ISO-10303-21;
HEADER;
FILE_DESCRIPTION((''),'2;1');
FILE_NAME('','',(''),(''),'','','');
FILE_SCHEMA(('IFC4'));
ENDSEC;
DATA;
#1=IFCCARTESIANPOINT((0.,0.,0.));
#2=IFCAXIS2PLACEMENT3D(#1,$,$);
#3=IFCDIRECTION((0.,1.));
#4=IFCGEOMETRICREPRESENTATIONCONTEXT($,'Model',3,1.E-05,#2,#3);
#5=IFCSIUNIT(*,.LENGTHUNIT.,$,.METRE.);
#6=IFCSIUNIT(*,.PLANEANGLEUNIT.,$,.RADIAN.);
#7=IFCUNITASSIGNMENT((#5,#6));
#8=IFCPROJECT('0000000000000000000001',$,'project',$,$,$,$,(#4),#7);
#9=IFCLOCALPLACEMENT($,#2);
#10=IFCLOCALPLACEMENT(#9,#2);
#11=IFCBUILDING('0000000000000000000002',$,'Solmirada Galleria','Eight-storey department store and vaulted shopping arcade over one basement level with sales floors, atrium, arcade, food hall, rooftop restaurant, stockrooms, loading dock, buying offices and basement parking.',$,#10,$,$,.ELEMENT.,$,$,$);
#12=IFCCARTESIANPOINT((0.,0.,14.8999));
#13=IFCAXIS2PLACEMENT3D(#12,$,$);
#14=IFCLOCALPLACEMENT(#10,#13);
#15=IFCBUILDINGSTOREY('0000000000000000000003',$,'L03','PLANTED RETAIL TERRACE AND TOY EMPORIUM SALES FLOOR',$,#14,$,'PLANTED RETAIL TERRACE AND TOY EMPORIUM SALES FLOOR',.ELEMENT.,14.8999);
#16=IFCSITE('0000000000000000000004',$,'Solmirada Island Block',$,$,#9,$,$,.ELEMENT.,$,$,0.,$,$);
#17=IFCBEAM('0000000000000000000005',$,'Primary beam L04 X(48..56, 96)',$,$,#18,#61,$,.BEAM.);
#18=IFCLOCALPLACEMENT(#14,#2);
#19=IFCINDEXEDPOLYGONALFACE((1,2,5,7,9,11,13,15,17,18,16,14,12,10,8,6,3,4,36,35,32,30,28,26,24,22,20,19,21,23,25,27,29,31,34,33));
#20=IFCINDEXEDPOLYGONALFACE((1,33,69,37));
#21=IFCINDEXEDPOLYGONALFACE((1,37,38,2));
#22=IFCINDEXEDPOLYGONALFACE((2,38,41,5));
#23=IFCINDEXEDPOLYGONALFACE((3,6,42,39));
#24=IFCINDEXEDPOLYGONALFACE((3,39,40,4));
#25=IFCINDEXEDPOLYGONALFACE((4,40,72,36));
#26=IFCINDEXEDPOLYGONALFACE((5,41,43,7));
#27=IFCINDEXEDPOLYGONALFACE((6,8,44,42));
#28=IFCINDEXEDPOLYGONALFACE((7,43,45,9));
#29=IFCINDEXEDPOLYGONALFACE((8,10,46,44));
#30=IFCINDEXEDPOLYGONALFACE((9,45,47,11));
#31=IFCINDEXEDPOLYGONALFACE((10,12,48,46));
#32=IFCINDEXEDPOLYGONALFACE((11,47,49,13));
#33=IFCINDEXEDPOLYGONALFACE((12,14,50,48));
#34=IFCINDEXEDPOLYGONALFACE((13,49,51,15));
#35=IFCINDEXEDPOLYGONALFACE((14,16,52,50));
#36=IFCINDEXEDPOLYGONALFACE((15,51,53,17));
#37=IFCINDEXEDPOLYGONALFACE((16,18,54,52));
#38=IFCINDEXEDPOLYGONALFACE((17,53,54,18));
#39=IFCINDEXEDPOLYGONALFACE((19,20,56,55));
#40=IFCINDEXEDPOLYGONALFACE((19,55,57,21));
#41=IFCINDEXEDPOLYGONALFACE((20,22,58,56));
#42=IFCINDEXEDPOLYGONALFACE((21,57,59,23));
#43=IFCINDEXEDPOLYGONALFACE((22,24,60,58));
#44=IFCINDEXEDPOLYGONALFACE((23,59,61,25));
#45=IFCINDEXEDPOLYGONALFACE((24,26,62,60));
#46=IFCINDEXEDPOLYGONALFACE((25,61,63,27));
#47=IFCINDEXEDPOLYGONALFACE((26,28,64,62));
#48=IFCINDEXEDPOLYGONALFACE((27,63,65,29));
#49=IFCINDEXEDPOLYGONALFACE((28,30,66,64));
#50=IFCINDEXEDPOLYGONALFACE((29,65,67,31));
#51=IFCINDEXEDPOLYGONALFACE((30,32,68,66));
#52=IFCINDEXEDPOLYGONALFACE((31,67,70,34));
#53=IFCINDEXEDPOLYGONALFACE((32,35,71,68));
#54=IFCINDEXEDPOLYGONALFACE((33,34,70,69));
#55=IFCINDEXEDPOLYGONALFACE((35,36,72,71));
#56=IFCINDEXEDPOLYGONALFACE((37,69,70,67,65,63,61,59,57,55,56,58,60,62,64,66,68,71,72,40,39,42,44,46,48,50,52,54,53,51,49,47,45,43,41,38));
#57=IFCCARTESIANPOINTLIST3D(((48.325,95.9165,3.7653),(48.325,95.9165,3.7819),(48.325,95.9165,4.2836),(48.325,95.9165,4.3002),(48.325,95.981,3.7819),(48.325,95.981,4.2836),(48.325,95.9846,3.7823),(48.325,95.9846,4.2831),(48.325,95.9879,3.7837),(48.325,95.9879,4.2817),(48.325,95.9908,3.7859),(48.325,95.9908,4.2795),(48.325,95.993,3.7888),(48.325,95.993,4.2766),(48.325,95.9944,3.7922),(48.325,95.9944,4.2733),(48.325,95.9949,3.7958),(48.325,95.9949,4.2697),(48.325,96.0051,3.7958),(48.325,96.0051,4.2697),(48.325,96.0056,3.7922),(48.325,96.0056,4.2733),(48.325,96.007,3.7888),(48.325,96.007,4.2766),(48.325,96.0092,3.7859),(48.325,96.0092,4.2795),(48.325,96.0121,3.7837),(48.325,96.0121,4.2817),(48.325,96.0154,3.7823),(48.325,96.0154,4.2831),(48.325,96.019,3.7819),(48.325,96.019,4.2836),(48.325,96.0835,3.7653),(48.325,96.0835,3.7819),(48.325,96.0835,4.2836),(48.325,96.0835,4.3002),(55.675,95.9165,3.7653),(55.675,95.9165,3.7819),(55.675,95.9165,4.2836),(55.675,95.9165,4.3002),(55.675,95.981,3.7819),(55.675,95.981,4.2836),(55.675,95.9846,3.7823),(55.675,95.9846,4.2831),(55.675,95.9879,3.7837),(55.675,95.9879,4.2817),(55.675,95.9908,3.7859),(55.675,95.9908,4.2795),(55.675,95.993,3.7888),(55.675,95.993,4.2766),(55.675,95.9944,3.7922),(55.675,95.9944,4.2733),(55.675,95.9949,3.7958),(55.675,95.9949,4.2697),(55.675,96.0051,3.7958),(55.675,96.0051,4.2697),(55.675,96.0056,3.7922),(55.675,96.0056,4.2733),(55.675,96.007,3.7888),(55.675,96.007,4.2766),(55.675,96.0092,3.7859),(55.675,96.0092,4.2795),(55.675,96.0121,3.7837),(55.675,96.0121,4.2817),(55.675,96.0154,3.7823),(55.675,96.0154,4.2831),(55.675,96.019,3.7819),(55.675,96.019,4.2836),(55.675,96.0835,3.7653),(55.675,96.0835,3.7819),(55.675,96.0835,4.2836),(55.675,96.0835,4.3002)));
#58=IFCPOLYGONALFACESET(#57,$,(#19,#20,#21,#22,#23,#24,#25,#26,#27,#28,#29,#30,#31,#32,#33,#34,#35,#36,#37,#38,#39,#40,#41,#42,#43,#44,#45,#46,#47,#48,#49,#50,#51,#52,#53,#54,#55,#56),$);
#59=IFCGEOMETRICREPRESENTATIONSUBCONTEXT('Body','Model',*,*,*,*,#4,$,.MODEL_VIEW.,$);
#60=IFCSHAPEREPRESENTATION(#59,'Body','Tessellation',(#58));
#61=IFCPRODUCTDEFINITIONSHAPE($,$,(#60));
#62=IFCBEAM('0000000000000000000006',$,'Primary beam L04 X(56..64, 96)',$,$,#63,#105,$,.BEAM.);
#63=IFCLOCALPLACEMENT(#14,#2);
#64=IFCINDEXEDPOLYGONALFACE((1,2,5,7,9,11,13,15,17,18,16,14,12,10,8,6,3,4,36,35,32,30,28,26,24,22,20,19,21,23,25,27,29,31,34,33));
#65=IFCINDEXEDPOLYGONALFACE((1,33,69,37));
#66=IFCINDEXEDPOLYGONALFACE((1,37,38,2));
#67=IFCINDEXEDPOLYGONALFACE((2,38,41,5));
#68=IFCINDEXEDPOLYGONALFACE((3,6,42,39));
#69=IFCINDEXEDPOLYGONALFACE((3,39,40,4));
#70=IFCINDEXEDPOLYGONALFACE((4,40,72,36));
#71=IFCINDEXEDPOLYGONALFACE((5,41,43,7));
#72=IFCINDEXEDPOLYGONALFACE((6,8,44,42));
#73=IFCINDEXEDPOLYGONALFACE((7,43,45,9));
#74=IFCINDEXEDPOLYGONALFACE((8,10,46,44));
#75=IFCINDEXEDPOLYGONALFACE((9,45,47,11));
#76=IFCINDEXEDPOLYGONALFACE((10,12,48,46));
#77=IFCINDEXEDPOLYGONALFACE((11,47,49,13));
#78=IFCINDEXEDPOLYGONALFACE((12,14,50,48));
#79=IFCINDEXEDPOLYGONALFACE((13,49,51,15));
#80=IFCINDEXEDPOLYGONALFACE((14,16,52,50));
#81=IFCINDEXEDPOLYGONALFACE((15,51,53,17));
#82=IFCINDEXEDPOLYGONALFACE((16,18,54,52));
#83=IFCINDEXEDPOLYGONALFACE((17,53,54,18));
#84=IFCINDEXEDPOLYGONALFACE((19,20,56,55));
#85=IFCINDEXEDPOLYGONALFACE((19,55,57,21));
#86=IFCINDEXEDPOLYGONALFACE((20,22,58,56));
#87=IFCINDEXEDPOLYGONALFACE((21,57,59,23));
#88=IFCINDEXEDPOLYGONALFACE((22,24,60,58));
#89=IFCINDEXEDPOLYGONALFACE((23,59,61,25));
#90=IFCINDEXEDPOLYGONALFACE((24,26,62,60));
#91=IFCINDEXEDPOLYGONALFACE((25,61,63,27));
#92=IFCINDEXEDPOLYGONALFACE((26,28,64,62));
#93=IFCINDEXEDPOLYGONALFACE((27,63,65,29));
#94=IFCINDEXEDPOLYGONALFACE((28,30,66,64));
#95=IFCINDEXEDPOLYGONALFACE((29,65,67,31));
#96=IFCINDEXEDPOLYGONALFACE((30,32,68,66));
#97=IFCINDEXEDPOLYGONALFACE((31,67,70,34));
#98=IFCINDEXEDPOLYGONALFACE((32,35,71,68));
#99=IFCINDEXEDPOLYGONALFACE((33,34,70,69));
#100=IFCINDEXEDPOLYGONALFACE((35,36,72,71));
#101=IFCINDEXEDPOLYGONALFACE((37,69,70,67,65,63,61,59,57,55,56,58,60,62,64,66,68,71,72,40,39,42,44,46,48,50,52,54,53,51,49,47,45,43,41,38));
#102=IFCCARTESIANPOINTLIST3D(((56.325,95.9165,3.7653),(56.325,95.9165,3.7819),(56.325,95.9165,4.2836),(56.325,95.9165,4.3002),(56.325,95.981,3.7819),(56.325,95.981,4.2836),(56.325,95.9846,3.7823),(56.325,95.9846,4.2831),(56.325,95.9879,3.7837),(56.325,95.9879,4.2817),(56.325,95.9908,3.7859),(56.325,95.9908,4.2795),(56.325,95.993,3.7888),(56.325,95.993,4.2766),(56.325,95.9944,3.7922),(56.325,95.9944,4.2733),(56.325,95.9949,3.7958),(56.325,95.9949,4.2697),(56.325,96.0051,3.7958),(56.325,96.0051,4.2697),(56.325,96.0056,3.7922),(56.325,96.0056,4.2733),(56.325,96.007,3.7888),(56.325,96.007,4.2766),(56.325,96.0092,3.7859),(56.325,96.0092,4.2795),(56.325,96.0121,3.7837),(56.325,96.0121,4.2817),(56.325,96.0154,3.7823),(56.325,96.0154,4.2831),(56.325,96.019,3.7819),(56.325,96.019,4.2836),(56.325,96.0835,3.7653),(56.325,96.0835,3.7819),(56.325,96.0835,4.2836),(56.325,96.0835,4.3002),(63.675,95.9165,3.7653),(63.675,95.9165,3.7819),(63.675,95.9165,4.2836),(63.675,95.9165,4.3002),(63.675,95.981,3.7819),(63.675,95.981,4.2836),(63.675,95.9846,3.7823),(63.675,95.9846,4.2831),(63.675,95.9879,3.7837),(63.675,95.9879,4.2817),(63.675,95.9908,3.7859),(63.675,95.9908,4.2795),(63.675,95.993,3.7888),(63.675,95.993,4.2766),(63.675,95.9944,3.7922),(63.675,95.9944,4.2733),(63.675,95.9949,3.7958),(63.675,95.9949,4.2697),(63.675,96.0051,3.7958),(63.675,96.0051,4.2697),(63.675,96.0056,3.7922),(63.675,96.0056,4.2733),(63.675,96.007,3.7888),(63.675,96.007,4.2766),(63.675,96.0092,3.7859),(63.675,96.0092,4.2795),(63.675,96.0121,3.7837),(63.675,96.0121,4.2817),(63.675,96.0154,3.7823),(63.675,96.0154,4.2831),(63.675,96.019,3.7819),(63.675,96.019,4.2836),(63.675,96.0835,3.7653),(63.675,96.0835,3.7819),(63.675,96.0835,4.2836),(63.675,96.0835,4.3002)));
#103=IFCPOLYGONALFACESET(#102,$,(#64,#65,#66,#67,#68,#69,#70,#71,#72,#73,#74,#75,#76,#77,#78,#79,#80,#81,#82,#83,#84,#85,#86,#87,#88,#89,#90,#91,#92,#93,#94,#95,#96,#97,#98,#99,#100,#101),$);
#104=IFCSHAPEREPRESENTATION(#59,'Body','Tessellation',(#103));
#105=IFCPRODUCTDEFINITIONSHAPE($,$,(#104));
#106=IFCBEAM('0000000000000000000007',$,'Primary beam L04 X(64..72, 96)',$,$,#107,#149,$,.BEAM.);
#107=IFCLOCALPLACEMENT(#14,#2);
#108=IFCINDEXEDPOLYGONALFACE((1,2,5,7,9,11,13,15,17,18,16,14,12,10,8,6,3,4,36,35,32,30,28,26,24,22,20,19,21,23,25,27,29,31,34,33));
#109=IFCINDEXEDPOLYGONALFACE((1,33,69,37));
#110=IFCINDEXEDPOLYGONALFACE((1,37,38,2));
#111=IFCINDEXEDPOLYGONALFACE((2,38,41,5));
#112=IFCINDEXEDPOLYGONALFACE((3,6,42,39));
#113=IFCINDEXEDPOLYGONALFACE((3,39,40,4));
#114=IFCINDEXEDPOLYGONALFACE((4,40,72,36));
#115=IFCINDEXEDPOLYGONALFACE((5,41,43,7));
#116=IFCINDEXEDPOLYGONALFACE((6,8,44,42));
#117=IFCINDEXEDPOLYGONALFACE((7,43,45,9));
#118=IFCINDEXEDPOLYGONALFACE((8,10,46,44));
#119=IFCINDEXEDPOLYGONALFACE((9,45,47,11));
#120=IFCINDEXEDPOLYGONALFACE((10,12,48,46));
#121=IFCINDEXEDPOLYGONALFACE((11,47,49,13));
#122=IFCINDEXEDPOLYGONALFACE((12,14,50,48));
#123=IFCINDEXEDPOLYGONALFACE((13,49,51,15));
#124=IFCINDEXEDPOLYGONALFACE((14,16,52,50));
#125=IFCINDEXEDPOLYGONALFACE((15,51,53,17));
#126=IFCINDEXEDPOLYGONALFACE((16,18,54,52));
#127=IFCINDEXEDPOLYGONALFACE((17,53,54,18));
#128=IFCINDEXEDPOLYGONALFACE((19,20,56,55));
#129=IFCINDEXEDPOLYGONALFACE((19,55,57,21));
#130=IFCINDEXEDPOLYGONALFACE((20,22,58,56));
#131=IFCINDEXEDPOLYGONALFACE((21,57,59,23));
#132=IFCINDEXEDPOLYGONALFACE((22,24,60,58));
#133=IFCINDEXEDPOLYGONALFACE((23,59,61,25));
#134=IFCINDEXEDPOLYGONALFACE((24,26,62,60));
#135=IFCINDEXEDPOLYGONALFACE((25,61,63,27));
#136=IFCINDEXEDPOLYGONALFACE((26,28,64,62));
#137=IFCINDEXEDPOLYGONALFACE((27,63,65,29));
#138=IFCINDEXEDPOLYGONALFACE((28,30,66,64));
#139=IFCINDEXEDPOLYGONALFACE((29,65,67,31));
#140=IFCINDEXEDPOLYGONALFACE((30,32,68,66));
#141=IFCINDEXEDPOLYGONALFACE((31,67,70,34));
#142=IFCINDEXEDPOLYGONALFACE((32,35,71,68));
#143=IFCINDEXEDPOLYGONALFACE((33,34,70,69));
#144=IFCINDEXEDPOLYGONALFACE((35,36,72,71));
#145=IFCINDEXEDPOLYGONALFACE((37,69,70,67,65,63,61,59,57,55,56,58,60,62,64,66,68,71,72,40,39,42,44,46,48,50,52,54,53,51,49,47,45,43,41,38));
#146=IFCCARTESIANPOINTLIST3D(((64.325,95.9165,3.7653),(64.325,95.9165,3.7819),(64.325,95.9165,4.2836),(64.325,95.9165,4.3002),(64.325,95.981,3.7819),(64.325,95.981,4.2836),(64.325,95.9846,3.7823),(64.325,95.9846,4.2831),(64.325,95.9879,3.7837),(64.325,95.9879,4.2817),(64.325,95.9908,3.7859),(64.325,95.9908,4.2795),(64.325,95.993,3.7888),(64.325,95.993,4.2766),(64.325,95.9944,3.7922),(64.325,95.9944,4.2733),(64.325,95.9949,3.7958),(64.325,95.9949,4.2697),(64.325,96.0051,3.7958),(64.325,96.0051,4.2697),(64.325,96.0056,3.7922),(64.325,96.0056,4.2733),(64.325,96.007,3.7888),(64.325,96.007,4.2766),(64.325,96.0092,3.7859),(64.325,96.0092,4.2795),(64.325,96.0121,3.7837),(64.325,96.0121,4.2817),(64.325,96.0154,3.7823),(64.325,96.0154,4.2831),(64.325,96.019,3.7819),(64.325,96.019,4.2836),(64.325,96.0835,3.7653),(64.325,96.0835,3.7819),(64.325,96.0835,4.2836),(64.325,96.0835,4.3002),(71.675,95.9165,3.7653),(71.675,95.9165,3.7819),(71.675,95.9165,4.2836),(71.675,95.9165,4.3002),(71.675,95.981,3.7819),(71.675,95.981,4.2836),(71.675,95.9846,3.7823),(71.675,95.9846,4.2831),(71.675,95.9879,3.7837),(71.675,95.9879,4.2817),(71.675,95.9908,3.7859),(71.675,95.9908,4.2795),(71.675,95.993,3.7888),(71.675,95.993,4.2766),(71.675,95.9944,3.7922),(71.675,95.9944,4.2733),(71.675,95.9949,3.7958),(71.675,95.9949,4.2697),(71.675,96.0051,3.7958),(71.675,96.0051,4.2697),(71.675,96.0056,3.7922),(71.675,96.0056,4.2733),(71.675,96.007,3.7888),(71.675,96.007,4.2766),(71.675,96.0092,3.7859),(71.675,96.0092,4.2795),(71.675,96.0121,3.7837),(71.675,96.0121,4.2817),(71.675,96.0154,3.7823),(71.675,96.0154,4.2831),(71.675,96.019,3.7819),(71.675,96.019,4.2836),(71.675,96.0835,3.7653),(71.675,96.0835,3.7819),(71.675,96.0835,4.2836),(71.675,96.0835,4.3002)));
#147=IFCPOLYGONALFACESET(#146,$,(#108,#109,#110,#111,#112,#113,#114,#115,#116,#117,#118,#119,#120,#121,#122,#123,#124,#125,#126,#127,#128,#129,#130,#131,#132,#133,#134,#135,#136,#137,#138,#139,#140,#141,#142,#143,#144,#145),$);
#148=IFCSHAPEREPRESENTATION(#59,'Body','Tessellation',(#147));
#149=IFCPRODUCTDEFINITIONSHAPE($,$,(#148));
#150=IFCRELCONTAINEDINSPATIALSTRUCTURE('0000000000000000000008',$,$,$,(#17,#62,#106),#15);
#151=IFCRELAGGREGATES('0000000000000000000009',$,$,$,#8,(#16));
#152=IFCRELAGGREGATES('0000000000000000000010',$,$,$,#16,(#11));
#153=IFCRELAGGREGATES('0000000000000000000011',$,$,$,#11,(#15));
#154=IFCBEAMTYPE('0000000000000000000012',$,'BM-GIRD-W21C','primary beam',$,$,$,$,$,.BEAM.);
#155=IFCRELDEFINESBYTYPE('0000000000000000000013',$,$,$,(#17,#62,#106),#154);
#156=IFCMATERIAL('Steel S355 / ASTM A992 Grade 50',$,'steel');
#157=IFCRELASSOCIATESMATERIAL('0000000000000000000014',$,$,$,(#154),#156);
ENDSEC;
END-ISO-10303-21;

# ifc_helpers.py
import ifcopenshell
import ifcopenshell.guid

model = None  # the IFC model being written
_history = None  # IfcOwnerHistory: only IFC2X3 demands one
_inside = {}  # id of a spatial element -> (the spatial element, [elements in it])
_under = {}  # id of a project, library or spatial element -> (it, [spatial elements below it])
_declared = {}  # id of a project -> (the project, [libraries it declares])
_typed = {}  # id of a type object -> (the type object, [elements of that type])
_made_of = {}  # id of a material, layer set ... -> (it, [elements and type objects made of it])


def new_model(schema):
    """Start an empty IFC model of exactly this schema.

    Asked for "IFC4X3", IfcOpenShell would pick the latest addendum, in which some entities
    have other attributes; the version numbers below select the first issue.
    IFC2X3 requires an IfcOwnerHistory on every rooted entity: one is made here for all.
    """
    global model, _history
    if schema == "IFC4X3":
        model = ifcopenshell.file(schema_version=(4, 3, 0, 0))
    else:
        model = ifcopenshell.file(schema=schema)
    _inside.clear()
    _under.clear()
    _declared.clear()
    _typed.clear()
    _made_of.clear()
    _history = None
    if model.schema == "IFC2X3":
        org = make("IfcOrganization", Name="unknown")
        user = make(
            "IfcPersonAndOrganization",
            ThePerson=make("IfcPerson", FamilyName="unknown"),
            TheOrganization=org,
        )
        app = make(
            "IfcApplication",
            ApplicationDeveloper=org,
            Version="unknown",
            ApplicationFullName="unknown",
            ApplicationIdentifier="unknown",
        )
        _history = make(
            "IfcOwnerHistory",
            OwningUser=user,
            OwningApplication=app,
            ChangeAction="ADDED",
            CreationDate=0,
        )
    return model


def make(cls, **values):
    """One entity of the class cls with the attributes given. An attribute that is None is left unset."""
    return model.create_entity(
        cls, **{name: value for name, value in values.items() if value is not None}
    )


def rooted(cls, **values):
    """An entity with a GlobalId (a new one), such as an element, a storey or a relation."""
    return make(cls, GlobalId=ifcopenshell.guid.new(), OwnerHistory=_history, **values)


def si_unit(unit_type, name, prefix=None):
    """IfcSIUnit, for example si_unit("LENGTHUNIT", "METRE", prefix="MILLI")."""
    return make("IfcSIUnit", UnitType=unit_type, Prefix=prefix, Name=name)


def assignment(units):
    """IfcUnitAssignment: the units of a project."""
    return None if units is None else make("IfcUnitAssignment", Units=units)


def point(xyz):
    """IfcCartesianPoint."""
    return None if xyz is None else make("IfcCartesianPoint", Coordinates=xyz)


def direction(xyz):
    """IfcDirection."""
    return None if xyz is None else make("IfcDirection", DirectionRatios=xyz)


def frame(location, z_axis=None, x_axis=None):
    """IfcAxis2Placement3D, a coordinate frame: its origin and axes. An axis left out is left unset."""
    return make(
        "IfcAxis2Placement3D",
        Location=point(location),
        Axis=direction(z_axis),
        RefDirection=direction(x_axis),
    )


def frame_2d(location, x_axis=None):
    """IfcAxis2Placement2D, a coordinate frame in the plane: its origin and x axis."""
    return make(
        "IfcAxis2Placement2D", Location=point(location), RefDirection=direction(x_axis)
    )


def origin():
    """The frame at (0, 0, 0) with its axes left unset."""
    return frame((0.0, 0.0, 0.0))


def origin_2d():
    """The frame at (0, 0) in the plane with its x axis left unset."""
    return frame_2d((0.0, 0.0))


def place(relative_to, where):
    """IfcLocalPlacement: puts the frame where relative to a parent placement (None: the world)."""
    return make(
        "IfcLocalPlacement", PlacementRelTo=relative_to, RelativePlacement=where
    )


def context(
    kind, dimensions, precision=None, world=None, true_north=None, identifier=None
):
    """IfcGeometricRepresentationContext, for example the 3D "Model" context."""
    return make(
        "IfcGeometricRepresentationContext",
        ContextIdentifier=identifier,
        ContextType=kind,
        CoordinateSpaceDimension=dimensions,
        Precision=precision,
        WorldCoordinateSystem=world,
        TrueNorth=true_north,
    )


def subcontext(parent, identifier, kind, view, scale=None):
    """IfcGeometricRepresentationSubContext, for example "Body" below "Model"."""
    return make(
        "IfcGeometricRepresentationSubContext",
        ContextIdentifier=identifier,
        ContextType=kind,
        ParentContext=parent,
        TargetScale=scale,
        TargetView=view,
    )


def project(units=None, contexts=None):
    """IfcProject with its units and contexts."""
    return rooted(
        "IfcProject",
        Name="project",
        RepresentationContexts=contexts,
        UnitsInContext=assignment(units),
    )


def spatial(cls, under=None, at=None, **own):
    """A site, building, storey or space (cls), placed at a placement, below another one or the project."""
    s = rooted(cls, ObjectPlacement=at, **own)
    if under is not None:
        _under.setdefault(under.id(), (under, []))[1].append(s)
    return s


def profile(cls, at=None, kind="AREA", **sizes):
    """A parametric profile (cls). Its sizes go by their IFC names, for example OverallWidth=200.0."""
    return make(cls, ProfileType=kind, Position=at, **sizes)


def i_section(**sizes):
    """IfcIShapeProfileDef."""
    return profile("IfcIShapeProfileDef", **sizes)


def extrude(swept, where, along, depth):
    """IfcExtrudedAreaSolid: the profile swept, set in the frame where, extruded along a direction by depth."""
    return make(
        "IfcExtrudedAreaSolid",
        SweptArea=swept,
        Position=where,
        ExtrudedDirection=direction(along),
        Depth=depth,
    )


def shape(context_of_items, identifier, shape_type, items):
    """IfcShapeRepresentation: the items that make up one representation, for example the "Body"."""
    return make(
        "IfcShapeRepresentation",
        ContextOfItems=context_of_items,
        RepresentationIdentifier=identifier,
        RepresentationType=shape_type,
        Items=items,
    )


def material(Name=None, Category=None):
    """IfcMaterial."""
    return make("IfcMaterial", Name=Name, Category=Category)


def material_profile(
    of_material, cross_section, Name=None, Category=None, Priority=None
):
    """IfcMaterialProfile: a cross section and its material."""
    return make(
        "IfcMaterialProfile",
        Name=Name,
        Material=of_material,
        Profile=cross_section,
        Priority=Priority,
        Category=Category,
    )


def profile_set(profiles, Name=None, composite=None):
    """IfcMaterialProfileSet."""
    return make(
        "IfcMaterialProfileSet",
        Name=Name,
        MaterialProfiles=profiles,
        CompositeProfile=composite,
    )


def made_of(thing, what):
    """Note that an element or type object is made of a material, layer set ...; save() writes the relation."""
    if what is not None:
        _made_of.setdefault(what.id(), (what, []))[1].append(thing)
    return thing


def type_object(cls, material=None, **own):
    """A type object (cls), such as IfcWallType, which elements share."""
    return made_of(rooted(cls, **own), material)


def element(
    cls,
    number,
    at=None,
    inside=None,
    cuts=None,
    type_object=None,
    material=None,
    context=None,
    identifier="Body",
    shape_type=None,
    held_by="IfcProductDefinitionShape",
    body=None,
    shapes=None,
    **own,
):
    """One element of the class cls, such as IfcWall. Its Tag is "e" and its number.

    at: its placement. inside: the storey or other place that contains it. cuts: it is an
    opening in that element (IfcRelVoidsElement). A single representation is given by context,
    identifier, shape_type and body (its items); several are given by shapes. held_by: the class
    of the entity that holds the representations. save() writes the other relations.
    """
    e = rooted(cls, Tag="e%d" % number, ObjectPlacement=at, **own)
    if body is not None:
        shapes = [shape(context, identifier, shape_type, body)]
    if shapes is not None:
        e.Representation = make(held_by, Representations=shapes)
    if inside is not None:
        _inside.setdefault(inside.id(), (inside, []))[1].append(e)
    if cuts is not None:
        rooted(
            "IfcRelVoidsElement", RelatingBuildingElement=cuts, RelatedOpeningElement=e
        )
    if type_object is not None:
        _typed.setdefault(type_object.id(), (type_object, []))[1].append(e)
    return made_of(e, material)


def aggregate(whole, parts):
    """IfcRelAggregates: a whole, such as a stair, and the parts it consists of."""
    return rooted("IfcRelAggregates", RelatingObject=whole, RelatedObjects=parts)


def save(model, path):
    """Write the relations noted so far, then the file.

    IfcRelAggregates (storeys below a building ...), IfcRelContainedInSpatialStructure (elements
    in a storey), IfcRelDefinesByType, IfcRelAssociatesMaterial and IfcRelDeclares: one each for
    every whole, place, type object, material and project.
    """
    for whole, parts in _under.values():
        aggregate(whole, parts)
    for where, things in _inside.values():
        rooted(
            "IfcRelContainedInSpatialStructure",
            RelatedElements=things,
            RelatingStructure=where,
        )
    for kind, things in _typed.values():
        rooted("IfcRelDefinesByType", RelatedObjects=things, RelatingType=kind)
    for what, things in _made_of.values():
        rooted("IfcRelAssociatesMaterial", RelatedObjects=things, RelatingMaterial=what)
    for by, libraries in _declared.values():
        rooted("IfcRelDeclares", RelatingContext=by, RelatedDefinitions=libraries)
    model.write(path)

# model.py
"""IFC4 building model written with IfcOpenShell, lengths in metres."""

from ifc_helpers import new_model, si_unit, direction, frame, origin, origin_2d, place, context, subcontext, project, spatial, i_section, extrude, material, material_profile, profile_set, type_object, element, save


model = new_model("IFC4")

# Units and contexts
model_context = context("Model", 3, precision=1e-05, world=origin(), true_north=direction((0.0, 1.0)))
body_context = subcontext(model_context, "Body", "Model", "MODEL_VIEW")
ifc_project = project(units=[si_unit("LENGTHUNIT", "METRE"), si_unit("PLANEANGLEUNIT", "RADIAN")], contexts=[model_context])

# Site, building, storey
site_placement = place(None, origin())
site = spatial("IfcSite", under=ifc_project, at=site_placement, Name="Solmirada Island Block", CompositionType="ELEMENT", RefElevation=0.0)
building_placement = place(site_placement, origin())
building = spatial("IfcBuilding", under=site, at=building_placement, Name="Solmirada Galleria", Description="Eight-storey department store and vaulted shopping arcade over one basement level with sales floors, atrium, arcade, food hall, rooftop restaurant, stockrooms, loading dock, buying offices and basement parking.", CompositionType="ELEMENT")
storey_placement = place(building_placement, frame((0.0, 0.0, 14.8999)))
storey = spatial("IfcBuildingStorey", under=building, at=storey_placement, Name="L03", Description="PLANTED RETAIL TERRACE AND TOY EMPORIUM SALES FLOOR", LongName="PLANTED RETAIL TERRACE AND TOY EMPORIUM SALES FLOOR", CompositionType="ELEMENT", Elevation=14.8999)

# Beams
ifc_material_1 = material(Name="Steel S355 / ASTM A992 Grade 50", Category="steel")
ifc_material_profile_1 = material_profile(ifc_material_1, i_section(OverallWidth=0.167, OverallDepth=0.5349, WebThickness=0.0103, FlangeThickness=0.0166, FilletRadius=0.0139, at=origin_2d()), Name="W21X57")
ifc_profile_set_1 = profile_set([ifc_material_profile_1], Name="Steel S355 / ASTM A992 Grade 50")
beam_type_1 = type_object("IfcBeamType", Name="BM-GIRD-W21C", Description="primary beam", PredefinedType="BEAM", material=ifc_profile_set_1)
for number, where, z_axis, x_axis, name in (
    (1, (48.325, 96.0, 4.0327), (1.0, 0.0, 0.0), (0.0, 1.0, 0.0), "Primary beam L04 X(48..56, 96)"),
    (2, (56.325, 96.0, 4.0327), (1.0, 0.0, 0.0), (0.0, 1.0, 0.0), "Primary beam L04 X(56..64, 96)"),
    (3, (64.325, 96.0, 4.0327), (1.0, 0.0, 0.0), (0.0, 1.0, 0.0), "Primary beam L04 X(64..72, 96)"),
):
    element("IfcBeam", number, at=place(storey_placement, frame(where, z_axis=z_axis, x_axis=x_axis)), inside=storey, type_object=beam_type_1, Name=name, PredefinedType="BEAM", context=body_context, shape_type="SweptSolid", body=[
        extrude(i_section(OverallWidth=0.167, OverallDepth=0.5349, WebThickness=0.0103, FlangeThickness=0.0166, FilletRadius=0.0139, at=origin_2d()), origin(), (0.0, 0.0, 1.0), 7.3501),
    ])

save(model, "model.ifc")
